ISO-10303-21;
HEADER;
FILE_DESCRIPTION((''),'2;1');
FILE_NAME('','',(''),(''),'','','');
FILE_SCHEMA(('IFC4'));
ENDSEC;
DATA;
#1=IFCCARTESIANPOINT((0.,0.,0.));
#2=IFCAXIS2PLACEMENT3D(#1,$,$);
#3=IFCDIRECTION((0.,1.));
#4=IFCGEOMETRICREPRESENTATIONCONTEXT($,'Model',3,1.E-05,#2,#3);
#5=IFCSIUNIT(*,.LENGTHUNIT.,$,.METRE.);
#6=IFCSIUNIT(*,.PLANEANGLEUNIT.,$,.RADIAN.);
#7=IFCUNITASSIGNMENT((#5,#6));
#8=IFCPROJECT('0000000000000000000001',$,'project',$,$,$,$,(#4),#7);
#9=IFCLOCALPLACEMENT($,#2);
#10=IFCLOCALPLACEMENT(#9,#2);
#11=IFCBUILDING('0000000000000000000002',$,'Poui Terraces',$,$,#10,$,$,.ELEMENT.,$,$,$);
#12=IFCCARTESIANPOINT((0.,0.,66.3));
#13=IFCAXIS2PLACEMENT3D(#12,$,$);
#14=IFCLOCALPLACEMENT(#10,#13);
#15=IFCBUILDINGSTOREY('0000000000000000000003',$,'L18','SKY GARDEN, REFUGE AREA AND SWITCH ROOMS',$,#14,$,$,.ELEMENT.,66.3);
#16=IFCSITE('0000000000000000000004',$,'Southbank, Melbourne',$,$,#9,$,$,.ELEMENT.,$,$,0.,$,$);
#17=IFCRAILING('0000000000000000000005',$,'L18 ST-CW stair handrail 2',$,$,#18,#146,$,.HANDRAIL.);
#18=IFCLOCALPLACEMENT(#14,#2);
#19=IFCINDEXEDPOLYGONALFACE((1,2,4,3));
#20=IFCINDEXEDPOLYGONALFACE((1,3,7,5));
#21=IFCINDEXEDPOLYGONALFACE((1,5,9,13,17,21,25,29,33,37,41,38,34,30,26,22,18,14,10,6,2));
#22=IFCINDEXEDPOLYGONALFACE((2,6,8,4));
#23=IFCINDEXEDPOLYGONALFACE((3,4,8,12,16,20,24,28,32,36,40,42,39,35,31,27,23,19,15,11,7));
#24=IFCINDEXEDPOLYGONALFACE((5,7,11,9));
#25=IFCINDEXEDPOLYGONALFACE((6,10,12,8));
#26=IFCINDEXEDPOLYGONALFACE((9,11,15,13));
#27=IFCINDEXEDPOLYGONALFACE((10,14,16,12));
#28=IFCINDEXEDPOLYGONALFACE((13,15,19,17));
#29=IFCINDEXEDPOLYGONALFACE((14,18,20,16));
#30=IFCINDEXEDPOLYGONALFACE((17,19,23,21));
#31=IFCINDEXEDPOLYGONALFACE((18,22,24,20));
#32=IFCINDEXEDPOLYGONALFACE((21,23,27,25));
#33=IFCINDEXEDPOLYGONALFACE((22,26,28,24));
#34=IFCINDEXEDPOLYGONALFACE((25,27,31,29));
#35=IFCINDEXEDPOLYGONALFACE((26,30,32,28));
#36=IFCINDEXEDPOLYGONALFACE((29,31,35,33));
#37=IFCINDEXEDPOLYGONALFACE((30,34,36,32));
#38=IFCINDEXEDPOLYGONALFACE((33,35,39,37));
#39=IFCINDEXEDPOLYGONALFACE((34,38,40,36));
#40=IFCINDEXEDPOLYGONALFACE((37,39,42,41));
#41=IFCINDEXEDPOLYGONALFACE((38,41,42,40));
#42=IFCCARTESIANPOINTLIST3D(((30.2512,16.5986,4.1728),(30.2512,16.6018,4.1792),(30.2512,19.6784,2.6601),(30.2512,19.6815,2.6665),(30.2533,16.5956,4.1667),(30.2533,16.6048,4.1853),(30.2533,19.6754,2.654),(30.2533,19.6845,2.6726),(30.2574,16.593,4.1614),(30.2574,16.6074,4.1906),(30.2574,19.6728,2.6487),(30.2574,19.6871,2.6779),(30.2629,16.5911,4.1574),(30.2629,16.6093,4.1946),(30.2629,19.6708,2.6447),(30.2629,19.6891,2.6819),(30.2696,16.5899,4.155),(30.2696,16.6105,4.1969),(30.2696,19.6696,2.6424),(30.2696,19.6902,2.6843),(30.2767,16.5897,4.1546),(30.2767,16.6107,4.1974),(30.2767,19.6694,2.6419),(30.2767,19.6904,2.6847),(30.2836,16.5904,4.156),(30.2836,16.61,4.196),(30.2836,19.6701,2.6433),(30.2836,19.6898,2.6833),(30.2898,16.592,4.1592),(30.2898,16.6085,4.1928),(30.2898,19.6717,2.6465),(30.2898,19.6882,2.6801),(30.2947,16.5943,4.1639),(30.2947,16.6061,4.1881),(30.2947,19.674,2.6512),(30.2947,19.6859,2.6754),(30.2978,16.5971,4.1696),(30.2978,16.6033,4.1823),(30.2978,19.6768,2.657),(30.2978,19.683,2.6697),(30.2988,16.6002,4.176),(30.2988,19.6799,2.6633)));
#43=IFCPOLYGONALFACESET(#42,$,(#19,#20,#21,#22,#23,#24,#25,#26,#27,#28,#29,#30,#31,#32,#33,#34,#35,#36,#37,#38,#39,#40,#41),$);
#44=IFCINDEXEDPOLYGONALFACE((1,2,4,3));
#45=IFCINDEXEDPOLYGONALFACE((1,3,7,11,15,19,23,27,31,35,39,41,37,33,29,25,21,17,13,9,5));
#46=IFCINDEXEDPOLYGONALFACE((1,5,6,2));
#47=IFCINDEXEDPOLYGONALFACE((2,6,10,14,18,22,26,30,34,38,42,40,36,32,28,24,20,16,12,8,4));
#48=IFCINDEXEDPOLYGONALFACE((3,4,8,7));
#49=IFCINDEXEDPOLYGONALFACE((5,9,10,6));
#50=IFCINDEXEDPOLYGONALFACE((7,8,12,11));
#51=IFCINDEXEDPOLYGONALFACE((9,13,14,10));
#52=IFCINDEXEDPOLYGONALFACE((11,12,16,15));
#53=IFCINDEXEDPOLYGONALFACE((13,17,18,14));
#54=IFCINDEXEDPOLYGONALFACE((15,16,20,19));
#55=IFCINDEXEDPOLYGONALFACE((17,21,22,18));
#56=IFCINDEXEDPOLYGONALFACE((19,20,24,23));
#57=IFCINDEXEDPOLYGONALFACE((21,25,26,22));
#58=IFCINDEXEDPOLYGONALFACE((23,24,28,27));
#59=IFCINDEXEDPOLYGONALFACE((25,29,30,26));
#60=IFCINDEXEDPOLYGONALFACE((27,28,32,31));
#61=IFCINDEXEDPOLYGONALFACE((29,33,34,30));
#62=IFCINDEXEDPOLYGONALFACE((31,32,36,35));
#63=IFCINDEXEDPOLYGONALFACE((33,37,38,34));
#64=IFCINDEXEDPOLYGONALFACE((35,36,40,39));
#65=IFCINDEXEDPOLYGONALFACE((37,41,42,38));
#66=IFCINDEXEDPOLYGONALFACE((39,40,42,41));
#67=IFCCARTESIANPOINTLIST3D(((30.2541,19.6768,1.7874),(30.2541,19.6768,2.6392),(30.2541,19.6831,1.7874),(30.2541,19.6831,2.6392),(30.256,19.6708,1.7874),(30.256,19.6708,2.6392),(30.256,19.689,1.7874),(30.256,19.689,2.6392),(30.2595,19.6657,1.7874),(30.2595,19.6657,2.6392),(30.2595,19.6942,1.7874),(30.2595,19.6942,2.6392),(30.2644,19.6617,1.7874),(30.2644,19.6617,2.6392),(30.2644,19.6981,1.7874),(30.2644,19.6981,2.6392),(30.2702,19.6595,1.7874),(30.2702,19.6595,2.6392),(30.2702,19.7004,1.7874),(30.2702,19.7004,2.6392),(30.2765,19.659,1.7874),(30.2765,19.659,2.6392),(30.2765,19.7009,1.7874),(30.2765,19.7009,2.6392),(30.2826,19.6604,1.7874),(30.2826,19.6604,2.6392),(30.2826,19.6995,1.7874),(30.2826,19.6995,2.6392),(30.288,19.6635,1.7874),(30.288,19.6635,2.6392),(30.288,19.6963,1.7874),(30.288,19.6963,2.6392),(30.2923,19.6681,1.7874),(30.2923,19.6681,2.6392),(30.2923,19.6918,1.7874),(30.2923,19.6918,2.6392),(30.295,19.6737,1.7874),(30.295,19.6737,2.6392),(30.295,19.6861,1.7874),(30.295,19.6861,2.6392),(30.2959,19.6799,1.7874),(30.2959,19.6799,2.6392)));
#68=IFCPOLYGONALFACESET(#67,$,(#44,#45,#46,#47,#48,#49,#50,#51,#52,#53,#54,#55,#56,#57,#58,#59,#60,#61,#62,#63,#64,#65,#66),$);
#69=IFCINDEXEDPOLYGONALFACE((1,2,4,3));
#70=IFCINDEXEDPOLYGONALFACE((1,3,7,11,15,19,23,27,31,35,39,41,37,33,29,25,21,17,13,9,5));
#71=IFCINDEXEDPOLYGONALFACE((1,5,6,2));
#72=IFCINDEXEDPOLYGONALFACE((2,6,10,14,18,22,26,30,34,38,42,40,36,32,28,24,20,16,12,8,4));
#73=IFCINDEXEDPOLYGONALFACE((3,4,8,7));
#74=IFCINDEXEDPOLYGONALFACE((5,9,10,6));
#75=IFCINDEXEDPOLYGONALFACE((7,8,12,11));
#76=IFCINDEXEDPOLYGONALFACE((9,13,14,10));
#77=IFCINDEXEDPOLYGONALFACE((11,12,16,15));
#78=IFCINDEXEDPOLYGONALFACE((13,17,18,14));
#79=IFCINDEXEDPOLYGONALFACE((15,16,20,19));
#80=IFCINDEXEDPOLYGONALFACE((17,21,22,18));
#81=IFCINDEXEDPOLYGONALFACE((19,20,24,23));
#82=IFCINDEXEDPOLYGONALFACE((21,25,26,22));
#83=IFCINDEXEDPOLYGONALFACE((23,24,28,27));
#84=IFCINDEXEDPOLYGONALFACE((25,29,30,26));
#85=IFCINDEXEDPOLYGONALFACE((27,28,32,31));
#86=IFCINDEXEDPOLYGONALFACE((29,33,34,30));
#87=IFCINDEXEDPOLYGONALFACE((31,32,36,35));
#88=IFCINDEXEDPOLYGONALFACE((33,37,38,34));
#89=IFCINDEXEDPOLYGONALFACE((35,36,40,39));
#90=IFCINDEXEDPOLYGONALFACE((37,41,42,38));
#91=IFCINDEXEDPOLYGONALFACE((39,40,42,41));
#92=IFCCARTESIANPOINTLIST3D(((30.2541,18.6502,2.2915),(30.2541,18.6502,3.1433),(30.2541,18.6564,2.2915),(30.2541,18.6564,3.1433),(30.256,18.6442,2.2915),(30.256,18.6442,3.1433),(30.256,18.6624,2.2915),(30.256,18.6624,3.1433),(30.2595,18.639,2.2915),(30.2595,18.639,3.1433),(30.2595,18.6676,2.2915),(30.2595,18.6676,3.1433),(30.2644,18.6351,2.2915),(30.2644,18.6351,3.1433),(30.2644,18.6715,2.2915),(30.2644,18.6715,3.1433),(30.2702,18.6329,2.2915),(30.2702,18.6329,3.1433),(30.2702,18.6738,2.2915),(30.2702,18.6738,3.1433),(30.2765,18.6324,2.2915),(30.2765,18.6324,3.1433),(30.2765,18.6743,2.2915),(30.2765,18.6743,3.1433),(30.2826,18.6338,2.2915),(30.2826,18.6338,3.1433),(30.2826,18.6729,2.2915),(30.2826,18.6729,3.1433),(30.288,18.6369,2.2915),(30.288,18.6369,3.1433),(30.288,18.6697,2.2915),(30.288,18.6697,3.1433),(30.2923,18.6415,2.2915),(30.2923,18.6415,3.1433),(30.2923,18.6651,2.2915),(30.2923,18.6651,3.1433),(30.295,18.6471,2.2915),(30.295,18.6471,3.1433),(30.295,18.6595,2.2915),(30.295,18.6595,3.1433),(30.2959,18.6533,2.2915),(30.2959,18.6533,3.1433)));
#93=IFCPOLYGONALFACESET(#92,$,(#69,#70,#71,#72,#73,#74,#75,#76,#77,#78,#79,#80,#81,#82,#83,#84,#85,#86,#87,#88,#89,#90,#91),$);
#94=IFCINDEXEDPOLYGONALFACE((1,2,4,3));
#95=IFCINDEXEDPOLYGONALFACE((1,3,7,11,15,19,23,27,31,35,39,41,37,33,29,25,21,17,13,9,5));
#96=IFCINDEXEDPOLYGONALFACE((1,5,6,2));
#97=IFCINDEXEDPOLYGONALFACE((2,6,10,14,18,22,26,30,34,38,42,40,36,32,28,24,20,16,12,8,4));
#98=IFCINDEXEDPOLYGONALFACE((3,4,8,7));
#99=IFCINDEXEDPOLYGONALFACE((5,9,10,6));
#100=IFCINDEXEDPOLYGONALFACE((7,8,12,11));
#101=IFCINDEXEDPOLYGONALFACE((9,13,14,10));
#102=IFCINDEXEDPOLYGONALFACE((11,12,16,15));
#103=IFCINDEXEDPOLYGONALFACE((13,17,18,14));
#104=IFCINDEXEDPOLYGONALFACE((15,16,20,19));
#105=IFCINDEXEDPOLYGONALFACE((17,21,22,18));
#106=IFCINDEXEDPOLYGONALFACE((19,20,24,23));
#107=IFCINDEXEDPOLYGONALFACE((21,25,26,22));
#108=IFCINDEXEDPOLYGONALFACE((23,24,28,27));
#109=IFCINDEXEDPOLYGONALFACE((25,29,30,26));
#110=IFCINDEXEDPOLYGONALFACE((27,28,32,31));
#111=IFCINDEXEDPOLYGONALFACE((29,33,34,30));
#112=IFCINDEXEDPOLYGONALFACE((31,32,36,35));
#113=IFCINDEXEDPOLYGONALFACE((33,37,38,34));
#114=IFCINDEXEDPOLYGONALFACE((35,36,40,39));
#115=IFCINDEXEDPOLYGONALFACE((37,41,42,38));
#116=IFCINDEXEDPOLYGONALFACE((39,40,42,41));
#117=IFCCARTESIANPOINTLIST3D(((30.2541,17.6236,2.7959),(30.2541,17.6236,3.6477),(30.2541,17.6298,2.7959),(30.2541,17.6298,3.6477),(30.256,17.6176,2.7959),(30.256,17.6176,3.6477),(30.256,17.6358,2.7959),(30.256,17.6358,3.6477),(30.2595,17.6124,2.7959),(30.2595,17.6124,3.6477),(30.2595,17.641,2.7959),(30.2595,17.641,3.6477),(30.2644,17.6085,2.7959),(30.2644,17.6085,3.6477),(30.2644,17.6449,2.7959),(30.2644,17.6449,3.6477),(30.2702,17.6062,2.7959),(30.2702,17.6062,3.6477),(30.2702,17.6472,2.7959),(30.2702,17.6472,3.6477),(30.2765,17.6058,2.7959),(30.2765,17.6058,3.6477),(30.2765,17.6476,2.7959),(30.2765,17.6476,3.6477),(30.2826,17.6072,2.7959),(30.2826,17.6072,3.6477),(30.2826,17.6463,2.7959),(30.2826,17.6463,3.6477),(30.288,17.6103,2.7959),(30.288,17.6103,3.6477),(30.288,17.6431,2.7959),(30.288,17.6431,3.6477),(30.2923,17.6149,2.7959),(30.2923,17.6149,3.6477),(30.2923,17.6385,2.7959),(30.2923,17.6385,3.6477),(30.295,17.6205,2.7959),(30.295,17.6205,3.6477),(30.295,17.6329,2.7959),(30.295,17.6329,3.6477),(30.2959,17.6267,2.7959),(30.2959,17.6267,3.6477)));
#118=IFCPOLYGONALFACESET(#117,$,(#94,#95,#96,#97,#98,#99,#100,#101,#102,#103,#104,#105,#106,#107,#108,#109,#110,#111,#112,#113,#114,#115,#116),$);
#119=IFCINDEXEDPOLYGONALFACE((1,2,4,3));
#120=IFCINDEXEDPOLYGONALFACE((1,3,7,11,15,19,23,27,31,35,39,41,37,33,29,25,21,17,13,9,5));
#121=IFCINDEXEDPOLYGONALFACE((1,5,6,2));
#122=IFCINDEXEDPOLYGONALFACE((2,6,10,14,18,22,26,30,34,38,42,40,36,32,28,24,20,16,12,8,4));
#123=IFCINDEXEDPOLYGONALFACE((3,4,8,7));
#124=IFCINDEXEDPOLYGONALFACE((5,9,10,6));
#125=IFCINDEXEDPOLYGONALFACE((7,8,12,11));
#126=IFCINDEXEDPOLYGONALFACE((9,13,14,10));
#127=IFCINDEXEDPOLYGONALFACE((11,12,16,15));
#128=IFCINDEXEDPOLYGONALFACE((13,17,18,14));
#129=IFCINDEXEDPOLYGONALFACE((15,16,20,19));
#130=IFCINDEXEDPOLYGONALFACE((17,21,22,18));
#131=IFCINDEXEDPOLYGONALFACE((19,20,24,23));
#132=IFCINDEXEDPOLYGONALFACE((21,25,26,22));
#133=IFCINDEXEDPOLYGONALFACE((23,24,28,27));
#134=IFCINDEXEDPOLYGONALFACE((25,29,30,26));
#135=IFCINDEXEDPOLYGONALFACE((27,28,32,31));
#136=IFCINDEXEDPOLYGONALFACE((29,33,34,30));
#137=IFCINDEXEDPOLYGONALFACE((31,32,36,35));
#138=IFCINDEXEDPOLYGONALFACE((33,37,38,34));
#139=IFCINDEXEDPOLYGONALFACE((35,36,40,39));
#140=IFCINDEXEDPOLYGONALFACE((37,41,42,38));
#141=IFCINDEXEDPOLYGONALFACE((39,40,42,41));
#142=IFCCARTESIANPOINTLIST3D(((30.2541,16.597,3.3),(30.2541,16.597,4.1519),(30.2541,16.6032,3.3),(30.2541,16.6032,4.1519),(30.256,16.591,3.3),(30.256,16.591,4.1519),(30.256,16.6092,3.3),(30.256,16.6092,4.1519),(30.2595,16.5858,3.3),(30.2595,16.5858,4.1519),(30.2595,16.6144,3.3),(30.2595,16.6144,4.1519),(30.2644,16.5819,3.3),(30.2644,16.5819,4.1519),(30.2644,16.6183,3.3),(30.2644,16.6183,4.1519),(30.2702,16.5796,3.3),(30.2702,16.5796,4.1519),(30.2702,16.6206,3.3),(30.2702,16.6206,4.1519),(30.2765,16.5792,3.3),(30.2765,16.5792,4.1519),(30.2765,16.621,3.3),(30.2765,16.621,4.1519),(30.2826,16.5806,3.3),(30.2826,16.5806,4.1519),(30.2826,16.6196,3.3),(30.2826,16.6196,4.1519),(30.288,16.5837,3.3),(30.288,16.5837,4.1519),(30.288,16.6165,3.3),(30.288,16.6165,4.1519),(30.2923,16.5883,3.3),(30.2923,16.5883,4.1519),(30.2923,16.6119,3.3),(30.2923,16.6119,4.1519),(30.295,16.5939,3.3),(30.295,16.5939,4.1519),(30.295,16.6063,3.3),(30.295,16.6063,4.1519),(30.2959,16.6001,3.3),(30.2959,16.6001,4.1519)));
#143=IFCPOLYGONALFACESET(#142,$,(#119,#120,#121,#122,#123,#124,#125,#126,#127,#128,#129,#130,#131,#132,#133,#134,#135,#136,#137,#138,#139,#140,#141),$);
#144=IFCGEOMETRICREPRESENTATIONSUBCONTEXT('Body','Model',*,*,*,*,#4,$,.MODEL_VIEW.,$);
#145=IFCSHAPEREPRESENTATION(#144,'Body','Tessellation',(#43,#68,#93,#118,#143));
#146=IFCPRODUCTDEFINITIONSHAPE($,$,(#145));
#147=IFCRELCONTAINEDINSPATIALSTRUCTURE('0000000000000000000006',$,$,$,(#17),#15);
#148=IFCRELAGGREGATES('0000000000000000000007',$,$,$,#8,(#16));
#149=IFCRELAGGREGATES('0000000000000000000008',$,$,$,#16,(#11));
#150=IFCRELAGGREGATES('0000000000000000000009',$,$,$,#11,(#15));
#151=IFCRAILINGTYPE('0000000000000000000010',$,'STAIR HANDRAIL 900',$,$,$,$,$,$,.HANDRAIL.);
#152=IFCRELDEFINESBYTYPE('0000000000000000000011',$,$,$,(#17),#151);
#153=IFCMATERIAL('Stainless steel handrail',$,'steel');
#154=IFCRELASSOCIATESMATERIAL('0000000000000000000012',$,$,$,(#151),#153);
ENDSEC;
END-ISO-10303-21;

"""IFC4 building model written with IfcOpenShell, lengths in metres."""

from ifc_helpers import new_model, si_unit, direction, frame, origin, origin_2d, place, context, subcontext, project, spatial, circle, extrude, material, type_object, element, save


model = new_model("IFC4")

# Units and contexts
model_context = context("Model", 3, precision=1e-05, world=origin(), true_north=direction((0.0, 1.0)))
body_context = subcontext(model_context, "Body", "Model", "MODEL_VIEW")
ifc_project = project(units=[si_unit("LENGTHUNIT", "METRE"), si_unit("PLANEANGLEUNIT", "RADIAN")], contexts=[model_context])

# Site, building, storey
site_placement = place(None, origin())
site = spatial("IfcSite", under=ifc_project, at=site_placement, Name="Southbank, Melbourne", CompositionType="ELEMENT", RefElevation=0.0)
building_placement = place(site_placement, origin())
building = spatial("IfcBuilding", under=site, at=building_placement, Name="Poui Terraces", CompositionType="ELEMENT")
storey_placement = place(building_placement, frame((0.0, 0.0, 66.3)))
storey = spatial("IfcBuildingStorey", under=building, at=storey_placement, Name="L18", Description="SKY GARDEN, REFUGE AREA AND SWITCH ROOMS", CompositionType="ELEMENT", Elevation=66.3)

# Railing
ifc_material_1 = material(Name="Stainless steel handrail", Category="steel")
railing_type_1 = type_object("IfcRailingType", Name="STAIR HANDRAIL 900", PredefinedType="HANDRAIL", material=ifc_material_1)
railing_1_placement = place(storey_placement, frame((30.2749, 19.6799, 1.7874)))
element("IfcRailing", 1, at=railing_1_placement, inside=storey, type_object=railing_type_1, Name="L18 ST-CW stair handrail 2", PredefinedType="HANDRAIL", context=body_context, shape_type="SweptSolid", body=[
    extrude(circle(Radius=0.0239, at=origin_2d()), frame((0.0, 0.0, 0.876), z_axis=(0.0, -0.897578, 0.440856), x_axis=(1.0, 0.0, 0.0)), (0.0, 0.0, 1.0), 3.4312),
    extrude(circle(Radius=0.021, at=origin_2d()), origin(), (0.0, 0.0, 1.0), 0.8518),
    extrude(circle(Radius=0.021, at=origin_2d()), frame((0.0, -1.0266, 0.5042)), (0.0, 0.0, 1.0), 0.8518),
    extrude(circle(Radius=0.021, at=origin_2d()), frame((0.0, -2.0532, 1.0085)), (0.0, 0.0, 1.0), 0.8518),
    extrude(circle(Radius=0.021, at=origin_2d()), frame((0.0, -3.0798, 1.5127)), (0.0, 0.0, 1.0), 0.8518),
])

save(model, "model.ifc")
